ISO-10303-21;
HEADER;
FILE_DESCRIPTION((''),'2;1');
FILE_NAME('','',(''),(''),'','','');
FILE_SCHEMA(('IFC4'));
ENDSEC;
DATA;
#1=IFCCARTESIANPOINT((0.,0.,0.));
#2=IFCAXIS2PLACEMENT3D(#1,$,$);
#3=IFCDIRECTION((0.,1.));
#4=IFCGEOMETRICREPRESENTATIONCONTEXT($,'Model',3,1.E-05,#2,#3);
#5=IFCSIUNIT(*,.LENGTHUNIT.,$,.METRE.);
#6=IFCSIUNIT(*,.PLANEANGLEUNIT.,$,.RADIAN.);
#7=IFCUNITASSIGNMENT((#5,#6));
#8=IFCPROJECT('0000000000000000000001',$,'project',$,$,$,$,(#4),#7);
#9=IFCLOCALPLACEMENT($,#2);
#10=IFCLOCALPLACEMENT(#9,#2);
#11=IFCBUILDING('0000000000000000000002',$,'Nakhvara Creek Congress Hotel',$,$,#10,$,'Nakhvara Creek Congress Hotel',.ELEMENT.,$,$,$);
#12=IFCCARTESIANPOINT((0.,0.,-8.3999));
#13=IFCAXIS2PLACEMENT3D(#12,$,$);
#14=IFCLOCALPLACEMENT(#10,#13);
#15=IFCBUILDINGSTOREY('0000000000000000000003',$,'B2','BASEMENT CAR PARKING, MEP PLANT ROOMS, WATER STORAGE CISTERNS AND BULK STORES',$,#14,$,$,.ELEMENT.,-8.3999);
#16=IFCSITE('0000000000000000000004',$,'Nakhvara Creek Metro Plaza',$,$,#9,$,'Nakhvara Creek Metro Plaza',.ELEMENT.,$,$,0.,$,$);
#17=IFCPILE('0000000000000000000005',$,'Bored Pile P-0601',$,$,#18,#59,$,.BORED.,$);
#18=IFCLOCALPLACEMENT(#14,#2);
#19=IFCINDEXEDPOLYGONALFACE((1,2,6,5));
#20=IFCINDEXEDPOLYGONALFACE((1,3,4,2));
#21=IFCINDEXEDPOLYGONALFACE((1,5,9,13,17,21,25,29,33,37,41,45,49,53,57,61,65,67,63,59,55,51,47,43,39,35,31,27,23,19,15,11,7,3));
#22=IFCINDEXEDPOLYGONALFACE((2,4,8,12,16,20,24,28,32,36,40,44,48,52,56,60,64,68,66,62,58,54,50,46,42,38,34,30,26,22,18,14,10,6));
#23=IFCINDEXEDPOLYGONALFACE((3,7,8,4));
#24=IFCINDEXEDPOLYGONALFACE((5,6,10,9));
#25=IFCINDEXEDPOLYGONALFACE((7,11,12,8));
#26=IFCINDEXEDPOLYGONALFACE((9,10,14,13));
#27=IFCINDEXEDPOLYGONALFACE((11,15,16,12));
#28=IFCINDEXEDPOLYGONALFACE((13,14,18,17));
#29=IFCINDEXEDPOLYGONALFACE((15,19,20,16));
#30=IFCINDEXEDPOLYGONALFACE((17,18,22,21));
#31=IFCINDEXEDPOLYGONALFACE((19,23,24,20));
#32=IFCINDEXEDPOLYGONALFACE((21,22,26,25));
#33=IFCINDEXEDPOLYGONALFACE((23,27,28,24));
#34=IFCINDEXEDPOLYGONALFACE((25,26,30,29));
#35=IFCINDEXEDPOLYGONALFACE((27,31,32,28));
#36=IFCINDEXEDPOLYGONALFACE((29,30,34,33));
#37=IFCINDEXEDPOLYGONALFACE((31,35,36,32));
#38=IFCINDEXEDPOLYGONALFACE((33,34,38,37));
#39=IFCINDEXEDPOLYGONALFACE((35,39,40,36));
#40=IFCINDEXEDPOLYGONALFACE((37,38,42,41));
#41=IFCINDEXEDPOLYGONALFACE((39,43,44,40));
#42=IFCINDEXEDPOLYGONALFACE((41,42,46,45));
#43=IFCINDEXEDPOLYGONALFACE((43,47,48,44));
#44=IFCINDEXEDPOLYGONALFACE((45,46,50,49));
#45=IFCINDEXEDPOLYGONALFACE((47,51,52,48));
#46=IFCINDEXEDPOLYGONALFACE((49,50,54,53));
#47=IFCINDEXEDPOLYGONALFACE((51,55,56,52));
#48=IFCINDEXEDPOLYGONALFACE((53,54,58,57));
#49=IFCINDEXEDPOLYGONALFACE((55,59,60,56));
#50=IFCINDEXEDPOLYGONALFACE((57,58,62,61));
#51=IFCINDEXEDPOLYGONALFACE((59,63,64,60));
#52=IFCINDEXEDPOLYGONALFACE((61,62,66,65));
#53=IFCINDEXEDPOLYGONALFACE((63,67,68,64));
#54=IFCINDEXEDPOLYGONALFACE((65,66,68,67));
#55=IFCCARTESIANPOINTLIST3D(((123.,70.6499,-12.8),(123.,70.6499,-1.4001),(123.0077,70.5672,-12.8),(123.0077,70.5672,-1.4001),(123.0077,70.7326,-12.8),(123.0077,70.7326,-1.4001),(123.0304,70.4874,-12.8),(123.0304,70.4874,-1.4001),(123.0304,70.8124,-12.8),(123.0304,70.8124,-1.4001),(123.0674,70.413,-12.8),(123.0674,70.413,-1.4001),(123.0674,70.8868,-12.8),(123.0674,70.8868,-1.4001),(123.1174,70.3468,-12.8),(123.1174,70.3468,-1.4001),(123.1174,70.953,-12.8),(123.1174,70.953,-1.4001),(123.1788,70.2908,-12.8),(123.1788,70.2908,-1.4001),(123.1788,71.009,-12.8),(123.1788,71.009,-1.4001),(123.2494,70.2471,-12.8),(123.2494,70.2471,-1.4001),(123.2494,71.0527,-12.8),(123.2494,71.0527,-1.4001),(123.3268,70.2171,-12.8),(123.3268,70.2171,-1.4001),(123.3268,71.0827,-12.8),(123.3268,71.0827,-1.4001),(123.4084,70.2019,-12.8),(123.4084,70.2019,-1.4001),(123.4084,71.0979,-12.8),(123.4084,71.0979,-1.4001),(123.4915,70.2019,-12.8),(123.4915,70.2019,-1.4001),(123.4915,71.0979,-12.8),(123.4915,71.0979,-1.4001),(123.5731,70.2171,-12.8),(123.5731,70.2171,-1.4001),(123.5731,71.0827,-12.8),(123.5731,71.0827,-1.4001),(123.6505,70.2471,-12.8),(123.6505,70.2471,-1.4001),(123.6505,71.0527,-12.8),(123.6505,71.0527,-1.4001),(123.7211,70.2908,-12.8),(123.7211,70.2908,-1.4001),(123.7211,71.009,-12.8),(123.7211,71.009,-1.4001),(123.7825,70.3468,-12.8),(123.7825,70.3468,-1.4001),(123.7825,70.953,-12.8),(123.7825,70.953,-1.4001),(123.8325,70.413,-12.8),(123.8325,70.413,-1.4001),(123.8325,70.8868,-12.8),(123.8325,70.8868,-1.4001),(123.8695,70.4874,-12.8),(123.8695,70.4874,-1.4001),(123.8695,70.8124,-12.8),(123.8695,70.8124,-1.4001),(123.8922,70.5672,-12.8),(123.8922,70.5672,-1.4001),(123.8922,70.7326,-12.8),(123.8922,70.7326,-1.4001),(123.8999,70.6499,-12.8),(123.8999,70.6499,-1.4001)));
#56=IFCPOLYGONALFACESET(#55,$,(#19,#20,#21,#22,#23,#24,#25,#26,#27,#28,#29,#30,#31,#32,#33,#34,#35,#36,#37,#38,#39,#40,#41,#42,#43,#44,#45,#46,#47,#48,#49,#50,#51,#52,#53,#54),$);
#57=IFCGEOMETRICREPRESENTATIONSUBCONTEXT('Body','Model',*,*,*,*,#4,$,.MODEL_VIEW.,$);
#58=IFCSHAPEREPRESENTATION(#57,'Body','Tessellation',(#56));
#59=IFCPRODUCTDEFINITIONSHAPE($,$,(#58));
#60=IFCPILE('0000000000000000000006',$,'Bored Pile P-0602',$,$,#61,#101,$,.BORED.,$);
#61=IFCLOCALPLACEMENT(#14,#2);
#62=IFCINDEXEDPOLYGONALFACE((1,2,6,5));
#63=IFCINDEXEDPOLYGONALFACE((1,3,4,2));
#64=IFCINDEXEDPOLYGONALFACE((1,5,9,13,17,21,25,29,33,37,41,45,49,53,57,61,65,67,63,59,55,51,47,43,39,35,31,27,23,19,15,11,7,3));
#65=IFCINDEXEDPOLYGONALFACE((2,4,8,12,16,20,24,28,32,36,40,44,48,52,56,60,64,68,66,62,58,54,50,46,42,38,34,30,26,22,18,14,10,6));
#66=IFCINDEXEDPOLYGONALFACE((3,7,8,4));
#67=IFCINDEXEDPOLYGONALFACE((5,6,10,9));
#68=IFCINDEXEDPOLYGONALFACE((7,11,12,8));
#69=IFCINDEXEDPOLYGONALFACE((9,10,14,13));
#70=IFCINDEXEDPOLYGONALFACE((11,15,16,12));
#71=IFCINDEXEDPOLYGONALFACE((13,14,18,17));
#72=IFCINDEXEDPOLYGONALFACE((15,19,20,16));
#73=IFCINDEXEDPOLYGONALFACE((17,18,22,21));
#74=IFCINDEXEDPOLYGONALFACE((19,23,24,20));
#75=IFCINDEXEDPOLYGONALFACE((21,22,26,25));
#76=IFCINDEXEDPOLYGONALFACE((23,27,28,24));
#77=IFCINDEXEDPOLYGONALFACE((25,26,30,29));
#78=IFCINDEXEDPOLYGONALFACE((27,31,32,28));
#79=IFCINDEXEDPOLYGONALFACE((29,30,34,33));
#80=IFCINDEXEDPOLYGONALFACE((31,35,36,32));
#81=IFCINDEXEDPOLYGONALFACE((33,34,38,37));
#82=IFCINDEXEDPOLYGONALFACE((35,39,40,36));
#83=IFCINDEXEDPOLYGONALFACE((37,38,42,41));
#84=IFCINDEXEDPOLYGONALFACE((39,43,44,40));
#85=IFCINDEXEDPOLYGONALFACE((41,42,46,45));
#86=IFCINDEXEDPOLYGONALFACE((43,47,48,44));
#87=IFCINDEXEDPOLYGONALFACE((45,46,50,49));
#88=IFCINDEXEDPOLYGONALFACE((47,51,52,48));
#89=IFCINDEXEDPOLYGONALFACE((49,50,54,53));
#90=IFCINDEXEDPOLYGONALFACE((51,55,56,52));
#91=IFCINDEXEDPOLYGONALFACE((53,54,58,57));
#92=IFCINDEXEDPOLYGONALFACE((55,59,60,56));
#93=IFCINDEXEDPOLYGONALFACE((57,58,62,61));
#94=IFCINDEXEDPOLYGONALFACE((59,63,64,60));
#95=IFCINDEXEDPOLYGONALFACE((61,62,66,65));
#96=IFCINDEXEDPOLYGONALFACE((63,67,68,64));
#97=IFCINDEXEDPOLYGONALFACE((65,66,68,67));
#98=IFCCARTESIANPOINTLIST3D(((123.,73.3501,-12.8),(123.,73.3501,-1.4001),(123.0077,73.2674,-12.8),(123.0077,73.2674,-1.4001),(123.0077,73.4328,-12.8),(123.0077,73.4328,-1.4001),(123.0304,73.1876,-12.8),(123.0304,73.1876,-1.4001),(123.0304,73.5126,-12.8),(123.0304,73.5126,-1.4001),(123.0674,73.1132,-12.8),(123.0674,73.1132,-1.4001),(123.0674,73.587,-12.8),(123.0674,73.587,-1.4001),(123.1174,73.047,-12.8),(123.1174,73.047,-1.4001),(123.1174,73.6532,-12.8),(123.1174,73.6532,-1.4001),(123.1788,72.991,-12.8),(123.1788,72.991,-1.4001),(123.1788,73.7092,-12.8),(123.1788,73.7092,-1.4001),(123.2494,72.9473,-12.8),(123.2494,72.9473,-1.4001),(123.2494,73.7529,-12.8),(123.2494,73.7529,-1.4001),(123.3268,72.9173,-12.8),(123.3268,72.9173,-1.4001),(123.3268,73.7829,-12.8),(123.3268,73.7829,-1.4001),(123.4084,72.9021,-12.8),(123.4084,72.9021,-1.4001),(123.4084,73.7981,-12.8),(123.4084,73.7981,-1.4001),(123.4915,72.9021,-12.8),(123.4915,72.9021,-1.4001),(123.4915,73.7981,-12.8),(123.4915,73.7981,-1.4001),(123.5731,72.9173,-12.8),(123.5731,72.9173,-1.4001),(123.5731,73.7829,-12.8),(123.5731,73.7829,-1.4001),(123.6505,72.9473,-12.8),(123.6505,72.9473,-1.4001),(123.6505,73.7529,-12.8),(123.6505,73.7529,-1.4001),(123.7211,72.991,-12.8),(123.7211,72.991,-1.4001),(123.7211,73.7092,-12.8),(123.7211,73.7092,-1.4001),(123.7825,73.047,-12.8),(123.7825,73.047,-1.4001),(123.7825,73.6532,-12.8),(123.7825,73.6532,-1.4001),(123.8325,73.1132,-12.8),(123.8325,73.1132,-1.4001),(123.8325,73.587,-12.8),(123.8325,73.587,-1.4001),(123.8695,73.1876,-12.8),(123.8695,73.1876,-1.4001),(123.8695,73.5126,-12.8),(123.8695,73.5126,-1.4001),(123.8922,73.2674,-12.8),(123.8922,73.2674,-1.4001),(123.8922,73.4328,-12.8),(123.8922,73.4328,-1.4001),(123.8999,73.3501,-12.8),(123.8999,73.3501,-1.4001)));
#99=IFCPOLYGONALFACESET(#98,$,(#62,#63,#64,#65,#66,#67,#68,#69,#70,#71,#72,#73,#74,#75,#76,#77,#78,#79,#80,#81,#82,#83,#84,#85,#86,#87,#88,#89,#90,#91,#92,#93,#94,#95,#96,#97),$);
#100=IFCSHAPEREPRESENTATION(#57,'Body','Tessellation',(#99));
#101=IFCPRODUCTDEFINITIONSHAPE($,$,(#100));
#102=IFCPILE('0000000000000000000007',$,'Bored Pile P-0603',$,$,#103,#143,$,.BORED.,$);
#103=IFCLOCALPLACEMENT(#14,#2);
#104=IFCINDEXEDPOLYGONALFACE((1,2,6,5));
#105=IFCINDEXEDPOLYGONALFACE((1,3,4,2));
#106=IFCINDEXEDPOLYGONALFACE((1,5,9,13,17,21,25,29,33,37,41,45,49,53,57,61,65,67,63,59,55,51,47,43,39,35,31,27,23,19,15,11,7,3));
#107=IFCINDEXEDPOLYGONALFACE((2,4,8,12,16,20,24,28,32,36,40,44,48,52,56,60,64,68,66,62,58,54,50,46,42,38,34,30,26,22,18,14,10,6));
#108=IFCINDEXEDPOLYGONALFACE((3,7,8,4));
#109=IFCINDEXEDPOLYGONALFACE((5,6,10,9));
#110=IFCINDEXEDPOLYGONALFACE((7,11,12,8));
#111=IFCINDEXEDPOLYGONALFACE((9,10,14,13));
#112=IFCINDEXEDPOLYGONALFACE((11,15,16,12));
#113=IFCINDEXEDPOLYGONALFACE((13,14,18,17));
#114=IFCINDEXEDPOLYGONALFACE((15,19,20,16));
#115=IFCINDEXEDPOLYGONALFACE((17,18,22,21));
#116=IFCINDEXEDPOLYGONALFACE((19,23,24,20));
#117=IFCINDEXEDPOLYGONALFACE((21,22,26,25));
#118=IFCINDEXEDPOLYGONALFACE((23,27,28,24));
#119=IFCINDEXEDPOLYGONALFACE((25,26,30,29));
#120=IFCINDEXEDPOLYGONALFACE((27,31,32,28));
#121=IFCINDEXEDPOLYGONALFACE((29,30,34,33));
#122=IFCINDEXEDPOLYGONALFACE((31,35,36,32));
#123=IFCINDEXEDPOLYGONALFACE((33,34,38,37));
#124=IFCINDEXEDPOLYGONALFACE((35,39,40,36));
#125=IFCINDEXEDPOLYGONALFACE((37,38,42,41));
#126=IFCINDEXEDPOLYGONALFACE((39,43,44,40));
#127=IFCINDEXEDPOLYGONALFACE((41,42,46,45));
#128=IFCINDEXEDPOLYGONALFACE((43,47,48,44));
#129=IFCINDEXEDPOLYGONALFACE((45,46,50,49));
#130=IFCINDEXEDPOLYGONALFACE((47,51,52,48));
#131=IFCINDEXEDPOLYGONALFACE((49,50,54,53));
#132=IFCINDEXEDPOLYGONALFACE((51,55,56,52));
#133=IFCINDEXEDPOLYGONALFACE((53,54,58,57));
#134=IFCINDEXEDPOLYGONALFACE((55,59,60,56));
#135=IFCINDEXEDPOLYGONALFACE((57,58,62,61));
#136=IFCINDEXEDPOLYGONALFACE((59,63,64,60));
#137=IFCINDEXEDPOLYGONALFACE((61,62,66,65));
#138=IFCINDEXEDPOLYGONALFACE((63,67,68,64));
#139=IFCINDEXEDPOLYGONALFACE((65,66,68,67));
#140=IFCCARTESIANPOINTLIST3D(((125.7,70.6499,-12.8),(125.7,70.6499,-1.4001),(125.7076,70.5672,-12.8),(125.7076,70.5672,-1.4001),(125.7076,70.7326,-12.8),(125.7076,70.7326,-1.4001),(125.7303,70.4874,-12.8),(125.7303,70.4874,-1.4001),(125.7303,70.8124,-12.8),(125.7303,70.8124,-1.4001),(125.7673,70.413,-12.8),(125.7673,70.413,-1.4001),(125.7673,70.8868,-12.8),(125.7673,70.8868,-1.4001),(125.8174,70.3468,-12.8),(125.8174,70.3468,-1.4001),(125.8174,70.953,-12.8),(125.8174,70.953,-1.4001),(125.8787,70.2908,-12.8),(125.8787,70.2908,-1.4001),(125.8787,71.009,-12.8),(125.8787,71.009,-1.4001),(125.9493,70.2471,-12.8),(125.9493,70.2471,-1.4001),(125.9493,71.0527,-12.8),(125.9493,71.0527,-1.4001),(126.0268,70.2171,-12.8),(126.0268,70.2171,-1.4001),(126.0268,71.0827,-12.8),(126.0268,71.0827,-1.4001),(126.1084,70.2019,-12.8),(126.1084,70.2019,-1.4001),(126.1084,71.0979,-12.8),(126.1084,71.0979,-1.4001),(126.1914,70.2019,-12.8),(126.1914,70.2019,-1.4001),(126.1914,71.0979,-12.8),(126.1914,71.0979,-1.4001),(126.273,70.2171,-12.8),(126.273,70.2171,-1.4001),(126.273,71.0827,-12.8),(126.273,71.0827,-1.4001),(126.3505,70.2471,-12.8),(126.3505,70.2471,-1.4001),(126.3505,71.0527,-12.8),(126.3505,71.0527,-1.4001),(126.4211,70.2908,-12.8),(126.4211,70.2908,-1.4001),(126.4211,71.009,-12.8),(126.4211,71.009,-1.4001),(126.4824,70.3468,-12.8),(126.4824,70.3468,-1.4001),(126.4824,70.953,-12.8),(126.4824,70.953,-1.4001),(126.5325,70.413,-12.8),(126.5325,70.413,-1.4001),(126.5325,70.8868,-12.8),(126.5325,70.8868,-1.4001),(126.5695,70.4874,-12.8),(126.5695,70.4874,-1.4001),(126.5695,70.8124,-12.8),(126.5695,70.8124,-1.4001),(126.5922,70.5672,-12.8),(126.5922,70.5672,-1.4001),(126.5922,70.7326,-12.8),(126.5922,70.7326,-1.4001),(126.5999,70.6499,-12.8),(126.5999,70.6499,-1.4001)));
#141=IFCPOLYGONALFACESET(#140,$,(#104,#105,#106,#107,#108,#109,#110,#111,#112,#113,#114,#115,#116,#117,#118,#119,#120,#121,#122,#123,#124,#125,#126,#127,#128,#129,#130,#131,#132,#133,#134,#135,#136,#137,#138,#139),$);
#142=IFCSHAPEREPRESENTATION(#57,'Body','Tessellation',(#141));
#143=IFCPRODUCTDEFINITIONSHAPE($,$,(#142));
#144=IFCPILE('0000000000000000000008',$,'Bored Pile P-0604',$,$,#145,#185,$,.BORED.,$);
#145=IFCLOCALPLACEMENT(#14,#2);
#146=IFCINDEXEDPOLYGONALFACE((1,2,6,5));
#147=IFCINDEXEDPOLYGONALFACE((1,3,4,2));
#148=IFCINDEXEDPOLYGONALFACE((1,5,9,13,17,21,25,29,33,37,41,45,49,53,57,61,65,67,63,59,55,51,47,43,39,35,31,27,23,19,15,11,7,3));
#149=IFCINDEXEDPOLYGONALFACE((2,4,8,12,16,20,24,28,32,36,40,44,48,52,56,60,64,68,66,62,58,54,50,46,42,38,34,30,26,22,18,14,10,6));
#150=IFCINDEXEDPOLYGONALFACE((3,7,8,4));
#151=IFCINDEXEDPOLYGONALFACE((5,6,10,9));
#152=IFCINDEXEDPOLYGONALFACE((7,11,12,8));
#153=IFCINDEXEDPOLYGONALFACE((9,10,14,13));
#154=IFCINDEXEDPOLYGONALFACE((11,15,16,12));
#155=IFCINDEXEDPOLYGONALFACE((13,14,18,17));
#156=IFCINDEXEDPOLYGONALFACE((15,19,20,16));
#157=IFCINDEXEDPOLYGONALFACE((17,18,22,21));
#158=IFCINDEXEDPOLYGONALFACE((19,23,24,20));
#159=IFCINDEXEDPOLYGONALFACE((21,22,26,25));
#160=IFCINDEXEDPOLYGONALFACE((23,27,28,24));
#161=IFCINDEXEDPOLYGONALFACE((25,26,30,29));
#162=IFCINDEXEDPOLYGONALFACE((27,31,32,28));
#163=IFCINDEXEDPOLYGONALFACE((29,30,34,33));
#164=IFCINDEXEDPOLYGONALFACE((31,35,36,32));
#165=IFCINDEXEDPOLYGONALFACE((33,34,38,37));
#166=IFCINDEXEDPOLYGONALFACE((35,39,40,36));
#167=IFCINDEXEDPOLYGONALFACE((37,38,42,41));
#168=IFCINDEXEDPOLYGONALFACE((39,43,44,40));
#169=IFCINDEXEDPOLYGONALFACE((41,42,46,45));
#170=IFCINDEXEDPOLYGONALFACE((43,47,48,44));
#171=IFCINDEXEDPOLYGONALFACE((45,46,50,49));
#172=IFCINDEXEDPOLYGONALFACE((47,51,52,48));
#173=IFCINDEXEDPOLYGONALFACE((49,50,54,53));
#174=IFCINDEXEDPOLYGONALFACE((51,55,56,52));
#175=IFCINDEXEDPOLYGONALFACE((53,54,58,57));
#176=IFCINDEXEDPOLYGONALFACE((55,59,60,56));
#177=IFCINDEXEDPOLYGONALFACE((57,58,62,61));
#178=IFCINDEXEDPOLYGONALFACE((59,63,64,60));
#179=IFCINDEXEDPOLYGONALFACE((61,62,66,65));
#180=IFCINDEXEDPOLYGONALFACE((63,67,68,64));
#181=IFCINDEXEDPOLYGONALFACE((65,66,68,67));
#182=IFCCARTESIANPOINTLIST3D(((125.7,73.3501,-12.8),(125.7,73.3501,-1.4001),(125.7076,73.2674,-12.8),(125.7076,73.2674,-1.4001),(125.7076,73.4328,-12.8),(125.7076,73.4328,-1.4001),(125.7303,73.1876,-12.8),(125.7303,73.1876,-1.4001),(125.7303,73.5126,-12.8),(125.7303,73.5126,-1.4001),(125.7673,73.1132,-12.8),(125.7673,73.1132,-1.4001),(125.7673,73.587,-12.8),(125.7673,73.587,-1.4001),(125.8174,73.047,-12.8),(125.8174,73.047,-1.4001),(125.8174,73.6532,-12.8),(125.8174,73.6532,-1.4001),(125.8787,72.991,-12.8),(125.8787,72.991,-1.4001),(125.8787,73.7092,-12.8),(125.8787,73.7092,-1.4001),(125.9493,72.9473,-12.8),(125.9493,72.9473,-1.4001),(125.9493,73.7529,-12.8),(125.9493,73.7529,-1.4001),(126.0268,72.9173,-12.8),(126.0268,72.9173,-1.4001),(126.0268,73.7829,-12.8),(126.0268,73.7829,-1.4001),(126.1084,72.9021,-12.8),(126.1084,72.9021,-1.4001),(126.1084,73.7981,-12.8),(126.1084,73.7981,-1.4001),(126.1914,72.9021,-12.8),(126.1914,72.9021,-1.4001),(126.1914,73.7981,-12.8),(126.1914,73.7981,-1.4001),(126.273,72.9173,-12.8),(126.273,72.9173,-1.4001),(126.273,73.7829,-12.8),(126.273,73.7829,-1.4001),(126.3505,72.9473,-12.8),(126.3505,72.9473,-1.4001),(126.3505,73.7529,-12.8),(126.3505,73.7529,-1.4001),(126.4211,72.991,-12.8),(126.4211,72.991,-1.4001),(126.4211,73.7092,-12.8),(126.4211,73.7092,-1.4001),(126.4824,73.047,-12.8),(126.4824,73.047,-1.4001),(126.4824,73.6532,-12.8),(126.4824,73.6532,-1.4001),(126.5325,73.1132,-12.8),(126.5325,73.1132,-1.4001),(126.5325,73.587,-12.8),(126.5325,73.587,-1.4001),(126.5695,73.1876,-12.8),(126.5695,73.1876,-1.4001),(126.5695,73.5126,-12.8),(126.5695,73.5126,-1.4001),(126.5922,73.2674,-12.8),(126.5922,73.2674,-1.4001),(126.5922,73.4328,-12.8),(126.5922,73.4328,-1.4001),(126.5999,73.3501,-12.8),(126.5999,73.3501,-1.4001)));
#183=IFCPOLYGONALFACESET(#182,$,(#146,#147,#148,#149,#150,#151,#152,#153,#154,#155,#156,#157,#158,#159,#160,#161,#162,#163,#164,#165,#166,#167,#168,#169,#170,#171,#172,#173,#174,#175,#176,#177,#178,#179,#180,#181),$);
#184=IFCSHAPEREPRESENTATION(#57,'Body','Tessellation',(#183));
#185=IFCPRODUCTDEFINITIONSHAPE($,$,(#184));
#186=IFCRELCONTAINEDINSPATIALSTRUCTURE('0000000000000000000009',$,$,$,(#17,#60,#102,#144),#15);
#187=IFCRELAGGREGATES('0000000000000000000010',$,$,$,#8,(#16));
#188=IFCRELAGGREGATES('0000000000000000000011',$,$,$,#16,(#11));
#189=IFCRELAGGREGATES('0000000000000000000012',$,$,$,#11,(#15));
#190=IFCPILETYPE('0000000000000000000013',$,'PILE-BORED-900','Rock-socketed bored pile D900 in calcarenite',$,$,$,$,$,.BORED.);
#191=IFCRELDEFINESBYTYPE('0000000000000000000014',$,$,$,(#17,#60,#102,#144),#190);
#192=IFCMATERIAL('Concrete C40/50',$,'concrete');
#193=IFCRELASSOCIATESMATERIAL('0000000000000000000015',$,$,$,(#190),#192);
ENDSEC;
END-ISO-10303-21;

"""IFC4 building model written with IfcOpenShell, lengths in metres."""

from ifc_helpers import new_model, si_unit, direction, frame, origin, origin_2d, place, context, subcontext, project, spatial, circle, extrude, material, material_profile, profile_set, type_object, element, save


model = new_model("IFC4")

# Units and contexts
model_context = context("Model", 3, precision=1e-05, world=origin(), true_north=direction((0.0, 1.0)))
body_context = subcontext(model_context, "Body", "Model", "MODEL_VIEW")
ifc_project = project(units=[si_unit("LENGTHUNIT", "METRE"), si_unit("PLANEANGLEUNIT", "RADIAN")], contexts=[model_context])

# Site, building, storey
site_placement = place(None, origin())
site = spatial("IfcSite", under=ifc_project, at=site_placement, Name="Nakhvara Creek Metro Plaza", LongName="Nakhvara Creek Metro Plaza", CompositionType="ELEMENT", RefElevation=0.0)
building_placement = place(site_placement, origin())
building = spatial("IfcBuilding", under=site, at=building_placement, Name="Nakhvara Creek Congress Hotel", LongName="Nakhvara Creek Congress Hotel", CompositionType="ELEMENT")
storey_placement = place(building_placement, frame((0.0, 0.0, -8.3999)))
storey = spatial("IfcBuildingStorey", under=building, at=storey_placement, Name="B2", Description="BASEMENT CAR PARKING, MEP PLANT ROOMS, WATER STORAGE CISTERNS AND BULK STORES", CompositionType="ELEMENT", Elevation=-8.3999)

# Shared definitions
ifc_material_1 = material(Name="Concrete C40/50", Category="concrete")

# Piles
ifc_material_profile_1 = material_profile(ifc_material_1, circle(Radius=0.45, at=origin_2d()), Name="BORED PILE D900", Category="LoadBearing")
ifc_profile_set_1 = profile_set([ifc_material_profile_1], Name="Concrete C40/50")
pile_type = type_object("IfcPileType", Name="PILE-BORED-900", Description="Rock-socketed bored pile D900 in calcarenite", PredefinedType="BORED", material=ifc_profile_set_1)
for number, where, z_axis, x_axis, name in (
    (1, (123.45, 70.6499, -1.4001), (0.0, 0.0, -1.0), (1.0, 0.0, 0.0), "Bored Pile P-0601"),
    (2, (123.45, 73.3501, -1.4001), (0.0, 0.0, -1.0), (1.0, 0.0, 0.0), "Bored Pile P-0602"),
    (3, (126.1499, 70.6499, -1.4001), (0.0, 0.0, -1.0), (1.0, 0.0, 0.0), "Bored Pile P-0603"),
    (4, (126.1499, 73.3501, -1.4001), (0.0, 0.0, -1.0), (1.0, 0.0, 0.0), "Bored Pile P-0604"),
):
    element("IfcPile", number, at=place(storey_placement, frame(where, z_axis=z_axis, x_axis=x_axis)), inside=storey, type_object=pile_type, Name=name, PredefinedType="BORED", context=body_context, shape_type="SweptSolid", body=[
        extrude(circle(Radius=0.45, at=origin_2d()), origin(), (0.0, 0.0, 1.0), 11.3999),
    ])

save(model, "model.ifc")
